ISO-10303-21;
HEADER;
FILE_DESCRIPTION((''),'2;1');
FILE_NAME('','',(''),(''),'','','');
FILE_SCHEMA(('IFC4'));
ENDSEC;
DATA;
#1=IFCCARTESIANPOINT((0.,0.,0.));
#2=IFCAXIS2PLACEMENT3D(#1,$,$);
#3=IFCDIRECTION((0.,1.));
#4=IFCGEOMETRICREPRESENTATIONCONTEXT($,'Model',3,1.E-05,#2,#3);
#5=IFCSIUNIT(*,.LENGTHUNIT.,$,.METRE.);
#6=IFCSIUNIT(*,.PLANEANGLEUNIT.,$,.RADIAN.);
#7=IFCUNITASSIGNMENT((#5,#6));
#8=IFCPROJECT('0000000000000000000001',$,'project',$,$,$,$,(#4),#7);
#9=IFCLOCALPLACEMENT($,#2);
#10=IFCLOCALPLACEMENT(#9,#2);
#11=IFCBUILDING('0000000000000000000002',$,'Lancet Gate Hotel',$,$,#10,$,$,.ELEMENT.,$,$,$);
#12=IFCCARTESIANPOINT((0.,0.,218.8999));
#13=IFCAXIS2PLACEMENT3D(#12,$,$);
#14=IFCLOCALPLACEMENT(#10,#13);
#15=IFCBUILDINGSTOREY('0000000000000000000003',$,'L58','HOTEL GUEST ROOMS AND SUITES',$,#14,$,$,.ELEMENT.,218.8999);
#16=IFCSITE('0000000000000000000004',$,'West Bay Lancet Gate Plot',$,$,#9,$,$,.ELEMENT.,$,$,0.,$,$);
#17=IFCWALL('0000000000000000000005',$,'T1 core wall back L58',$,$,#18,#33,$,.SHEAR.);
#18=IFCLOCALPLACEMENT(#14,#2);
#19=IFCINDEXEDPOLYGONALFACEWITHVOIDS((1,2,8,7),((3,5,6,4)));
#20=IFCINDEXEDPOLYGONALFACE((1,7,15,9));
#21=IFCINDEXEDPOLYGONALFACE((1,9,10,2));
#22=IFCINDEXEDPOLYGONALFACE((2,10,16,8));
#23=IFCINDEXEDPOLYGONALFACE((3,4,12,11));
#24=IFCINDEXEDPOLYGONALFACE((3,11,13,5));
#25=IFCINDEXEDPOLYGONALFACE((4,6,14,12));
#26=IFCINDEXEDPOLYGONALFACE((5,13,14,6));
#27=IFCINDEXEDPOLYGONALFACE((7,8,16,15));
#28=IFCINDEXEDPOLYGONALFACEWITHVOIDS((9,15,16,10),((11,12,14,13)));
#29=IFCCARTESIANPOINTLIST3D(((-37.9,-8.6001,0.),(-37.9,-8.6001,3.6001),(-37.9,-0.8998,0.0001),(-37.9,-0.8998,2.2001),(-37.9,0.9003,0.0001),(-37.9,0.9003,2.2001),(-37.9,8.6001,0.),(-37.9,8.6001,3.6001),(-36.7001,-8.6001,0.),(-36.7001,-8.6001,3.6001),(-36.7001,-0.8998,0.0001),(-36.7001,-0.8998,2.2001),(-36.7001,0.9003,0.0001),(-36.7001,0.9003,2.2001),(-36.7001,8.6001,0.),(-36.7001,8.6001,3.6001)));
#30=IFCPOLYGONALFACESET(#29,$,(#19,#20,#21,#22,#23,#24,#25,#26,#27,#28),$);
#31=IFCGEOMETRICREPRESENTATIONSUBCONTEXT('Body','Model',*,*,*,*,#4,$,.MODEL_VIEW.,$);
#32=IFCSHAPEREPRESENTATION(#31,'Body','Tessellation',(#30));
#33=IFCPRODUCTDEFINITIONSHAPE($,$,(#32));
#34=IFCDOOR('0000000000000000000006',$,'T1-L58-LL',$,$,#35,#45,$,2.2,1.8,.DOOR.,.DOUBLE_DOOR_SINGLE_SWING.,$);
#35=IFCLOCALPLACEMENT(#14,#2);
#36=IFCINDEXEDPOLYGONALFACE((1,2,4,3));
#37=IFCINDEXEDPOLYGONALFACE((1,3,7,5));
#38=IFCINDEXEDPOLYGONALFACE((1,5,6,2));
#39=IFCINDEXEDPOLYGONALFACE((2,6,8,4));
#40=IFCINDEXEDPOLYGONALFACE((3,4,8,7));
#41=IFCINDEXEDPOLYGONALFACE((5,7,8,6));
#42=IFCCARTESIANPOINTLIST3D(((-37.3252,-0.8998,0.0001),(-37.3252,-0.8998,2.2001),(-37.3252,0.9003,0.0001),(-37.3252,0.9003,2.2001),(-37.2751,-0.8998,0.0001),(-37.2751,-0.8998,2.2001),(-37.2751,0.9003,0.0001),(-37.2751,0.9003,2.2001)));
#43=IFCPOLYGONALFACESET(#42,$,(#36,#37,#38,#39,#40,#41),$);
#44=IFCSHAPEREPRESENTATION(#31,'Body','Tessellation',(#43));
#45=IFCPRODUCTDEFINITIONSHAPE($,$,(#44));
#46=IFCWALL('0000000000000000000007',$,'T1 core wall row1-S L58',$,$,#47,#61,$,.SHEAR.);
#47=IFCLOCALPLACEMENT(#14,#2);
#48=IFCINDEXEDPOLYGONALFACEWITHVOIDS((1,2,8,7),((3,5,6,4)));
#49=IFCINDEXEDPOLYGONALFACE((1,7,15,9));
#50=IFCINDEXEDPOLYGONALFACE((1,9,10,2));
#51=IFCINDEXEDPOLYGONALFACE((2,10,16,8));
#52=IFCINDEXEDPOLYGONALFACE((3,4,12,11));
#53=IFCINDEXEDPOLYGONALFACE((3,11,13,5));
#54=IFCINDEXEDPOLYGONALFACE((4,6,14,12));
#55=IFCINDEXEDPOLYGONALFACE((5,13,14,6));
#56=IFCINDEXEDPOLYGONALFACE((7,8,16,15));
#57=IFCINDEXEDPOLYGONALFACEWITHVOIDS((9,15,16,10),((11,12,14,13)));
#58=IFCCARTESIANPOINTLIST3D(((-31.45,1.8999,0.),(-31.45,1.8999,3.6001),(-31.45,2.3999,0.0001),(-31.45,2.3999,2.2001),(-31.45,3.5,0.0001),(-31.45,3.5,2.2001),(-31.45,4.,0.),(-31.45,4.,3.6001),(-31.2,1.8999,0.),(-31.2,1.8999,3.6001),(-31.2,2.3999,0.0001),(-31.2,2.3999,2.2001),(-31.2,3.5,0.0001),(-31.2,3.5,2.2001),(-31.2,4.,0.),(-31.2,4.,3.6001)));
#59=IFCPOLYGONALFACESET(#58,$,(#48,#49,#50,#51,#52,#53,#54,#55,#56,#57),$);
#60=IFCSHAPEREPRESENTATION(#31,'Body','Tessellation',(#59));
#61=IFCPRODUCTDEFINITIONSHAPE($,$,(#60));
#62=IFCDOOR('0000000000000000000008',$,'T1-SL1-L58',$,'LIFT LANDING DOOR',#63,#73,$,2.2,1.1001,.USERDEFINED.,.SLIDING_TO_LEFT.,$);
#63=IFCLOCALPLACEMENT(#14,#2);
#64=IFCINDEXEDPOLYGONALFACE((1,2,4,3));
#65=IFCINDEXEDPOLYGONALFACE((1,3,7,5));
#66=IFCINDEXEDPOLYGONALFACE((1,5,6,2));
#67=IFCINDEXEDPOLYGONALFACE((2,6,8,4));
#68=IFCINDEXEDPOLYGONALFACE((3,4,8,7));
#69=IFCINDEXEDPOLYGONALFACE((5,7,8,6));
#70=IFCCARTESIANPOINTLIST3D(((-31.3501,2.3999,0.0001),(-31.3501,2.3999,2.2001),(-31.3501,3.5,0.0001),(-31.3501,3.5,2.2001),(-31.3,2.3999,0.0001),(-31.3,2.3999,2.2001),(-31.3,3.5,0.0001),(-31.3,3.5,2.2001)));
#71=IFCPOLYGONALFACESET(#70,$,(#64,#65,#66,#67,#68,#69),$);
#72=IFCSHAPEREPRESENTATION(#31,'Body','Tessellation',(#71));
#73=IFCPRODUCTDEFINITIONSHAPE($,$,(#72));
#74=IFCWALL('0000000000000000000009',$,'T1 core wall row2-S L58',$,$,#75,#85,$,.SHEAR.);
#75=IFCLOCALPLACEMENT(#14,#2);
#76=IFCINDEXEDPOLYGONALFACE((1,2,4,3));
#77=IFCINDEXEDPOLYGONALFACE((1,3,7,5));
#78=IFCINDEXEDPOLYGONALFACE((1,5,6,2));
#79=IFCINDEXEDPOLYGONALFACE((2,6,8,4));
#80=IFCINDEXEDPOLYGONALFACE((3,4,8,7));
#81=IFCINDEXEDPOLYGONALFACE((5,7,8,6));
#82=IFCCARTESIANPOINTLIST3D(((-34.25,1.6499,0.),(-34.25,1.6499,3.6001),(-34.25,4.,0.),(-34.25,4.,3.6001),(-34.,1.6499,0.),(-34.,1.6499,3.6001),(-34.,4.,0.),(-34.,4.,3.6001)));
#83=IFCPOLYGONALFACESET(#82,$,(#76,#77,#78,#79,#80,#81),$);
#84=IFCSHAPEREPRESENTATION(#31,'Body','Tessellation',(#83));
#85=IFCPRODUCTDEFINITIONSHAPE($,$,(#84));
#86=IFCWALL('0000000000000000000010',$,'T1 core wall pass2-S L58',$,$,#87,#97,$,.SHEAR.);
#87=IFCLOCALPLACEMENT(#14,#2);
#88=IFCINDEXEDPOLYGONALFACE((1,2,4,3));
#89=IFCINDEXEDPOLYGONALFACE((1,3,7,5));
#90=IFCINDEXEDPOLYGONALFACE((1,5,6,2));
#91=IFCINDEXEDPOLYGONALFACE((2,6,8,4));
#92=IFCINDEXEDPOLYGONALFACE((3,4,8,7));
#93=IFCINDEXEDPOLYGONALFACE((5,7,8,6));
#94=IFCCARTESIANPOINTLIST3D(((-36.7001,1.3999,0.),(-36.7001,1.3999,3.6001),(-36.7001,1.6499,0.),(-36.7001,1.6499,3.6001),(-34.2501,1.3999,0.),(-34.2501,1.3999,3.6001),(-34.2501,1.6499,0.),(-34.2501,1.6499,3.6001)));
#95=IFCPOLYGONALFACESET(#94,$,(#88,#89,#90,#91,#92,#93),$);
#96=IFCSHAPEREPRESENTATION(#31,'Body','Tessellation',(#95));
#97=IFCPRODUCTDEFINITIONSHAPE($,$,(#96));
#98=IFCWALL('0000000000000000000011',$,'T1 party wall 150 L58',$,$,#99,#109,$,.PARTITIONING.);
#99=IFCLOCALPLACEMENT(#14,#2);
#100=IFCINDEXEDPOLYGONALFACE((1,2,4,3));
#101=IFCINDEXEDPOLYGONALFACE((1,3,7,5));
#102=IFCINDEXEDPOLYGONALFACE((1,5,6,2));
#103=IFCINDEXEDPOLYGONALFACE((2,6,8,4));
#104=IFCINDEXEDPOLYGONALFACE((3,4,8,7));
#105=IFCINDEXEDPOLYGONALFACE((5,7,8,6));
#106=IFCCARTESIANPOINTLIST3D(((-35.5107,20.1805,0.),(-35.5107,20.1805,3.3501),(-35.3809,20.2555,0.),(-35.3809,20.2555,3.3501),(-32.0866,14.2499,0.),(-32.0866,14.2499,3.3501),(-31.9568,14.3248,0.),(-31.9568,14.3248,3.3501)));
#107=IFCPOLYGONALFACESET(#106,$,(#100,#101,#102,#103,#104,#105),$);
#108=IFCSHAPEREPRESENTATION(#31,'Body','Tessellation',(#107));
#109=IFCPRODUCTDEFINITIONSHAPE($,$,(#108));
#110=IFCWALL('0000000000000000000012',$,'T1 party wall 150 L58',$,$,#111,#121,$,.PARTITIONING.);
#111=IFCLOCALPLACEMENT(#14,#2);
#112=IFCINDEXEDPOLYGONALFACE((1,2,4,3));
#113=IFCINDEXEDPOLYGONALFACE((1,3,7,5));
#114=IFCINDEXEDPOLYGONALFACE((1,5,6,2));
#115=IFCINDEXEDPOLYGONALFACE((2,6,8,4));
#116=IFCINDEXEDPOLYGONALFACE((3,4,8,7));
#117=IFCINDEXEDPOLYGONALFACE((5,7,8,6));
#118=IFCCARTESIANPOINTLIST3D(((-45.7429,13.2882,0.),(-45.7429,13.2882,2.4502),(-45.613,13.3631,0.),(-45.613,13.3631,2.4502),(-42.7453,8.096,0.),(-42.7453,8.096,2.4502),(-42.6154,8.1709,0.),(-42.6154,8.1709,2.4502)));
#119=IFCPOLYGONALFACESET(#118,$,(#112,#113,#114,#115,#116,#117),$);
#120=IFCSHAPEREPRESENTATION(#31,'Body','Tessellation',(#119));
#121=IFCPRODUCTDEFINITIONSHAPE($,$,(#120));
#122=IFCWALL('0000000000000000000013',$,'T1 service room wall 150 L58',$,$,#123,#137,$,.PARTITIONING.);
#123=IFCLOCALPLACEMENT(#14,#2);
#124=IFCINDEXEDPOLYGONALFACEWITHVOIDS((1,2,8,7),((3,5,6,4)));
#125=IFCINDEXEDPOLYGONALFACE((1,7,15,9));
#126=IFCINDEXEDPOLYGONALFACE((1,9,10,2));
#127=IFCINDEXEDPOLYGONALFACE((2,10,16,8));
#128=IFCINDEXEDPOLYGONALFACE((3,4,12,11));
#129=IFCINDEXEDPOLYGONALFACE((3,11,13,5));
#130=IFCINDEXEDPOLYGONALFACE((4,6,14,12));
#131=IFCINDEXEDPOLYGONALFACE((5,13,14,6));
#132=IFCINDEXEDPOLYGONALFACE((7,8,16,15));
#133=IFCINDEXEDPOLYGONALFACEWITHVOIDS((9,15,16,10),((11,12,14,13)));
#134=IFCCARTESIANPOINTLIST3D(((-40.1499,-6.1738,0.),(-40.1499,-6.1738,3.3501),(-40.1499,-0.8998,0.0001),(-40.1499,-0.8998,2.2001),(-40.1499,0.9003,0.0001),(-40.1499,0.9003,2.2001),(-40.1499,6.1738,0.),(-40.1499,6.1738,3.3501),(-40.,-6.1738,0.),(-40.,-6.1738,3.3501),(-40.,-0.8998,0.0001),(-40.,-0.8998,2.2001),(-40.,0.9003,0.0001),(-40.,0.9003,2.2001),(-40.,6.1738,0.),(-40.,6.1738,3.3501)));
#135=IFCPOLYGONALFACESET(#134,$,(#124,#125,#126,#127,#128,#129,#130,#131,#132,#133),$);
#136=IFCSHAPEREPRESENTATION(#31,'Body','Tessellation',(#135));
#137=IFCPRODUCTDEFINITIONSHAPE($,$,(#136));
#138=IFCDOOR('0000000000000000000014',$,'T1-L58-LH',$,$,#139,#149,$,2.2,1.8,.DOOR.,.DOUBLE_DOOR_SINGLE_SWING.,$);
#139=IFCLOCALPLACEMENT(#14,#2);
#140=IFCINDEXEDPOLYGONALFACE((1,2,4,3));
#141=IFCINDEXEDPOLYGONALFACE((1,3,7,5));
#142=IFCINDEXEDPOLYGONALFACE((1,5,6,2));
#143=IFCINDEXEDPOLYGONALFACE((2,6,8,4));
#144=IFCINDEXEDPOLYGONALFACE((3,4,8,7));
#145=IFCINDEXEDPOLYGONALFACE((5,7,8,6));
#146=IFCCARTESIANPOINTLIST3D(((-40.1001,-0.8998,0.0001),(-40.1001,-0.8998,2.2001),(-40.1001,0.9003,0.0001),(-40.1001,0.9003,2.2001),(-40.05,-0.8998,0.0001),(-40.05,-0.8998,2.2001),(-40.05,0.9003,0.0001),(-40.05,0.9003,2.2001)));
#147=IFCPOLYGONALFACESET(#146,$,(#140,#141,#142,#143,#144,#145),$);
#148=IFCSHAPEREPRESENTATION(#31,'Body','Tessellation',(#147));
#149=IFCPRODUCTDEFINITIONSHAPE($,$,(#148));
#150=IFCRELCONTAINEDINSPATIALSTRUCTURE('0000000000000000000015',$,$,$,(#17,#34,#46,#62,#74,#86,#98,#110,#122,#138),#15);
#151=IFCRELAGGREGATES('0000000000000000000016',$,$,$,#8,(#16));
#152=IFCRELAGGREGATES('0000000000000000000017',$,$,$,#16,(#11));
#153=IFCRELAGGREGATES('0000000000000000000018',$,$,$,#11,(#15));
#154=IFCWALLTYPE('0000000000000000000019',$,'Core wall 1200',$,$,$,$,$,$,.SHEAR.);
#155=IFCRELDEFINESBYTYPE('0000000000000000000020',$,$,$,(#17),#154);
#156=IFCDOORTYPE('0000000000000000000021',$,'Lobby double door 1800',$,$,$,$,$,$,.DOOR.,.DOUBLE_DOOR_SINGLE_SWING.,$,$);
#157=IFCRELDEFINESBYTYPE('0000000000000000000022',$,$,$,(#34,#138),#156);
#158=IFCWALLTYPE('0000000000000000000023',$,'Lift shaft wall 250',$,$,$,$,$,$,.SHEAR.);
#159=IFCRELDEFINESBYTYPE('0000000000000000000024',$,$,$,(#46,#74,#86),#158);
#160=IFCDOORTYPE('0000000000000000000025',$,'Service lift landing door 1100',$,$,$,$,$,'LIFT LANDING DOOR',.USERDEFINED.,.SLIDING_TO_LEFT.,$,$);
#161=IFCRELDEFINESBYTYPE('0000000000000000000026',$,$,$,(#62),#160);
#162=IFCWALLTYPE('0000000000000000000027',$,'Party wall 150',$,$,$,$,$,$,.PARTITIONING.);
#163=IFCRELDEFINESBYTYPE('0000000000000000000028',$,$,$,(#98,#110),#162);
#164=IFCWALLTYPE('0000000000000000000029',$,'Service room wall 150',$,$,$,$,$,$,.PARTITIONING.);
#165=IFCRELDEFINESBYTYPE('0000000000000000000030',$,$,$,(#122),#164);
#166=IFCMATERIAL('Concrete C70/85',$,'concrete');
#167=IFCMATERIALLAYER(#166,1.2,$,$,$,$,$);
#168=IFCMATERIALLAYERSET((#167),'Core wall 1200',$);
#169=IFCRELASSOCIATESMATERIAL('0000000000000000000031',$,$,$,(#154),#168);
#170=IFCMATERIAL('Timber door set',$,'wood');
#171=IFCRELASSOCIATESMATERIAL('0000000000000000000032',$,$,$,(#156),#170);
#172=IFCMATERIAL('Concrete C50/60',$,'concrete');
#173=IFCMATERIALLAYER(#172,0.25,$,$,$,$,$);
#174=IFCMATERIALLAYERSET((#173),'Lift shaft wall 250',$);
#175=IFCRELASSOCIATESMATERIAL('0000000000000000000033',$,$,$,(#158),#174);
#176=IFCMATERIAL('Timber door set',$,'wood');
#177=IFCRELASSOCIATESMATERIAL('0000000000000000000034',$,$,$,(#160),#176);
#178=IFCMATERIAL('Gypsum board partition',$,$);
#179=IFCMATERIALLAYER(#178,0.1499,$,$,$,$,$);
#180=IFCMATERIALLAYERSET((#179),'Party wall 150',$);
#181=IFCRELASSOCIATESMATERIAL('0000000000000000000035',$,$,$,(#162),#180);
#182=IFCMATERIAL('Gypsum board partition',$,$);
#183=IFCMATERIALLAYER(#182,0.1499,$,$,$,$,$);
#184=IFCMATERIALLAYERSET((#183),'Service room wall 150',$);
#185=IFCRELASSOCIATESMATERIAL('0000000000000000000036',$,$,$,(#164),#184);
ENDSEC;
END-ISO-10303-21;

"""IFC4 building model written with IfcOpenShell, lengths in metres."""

from ifc_helpers import new_model, si_unit, direction, frame, frame_2d, origin, place, context, subcontext, project, spatial, rectangle, extrude, material, layer, layer_set, type_object, element, fill, save


model = new_model("IFC4")

# Units and contexts
model_context = context("Model", 3, precision=1e-05, world=origin(), true_north=direction((0.0, 1.0)))
body_context = subcontext(model_context, "Body", "Model", "MODEL_VIEW")
ifc_project = project(units=[si_unit("LENGTHUNIT", "METRE"), si_unit("PLANEANGLEUNIT", "RADIAN")], contexts=[model_context])

# Site, building, storey
site_placement = place(None, origin())
site = spatial("IfcSite", under=ifc_project, at=site_placement, Name="West Bay Lancet Gate Plot", CompositionType="ELEMENT", RefElevation=0.0)
building_placement = place(site_placement, origin())
building = spatial("IfcBuilding", under=site, at=building_placement, Name="Lancet Gate Hotel", CompositionType="ELEMENT")
storey_placement = place(building_placement, frame((0.0, 0.0, 218.8999)))
storey = spatial("IfcBuildingStorey", under=building, at=storey_placement, Name="L58", Description="HOTEL GUEST ROOMS AND SUITES", CompositionType="ELEMENT", Elevation=218.8999)

# Walls, openings, doors
ifc_material_1 = material(Name="Concrete C70/85", Category="concrete")
ifc_layer_1 = layer(ifc_material_1, 1.2)
ifc_layer_set_1 = layer_set([ifc_layer_1], Name="Core wall 1200")
wall_type_1 = type_object("IfcWallType", Name="Core wall 1200", PredefinedType="SHEAR", material=ifc_layer_set_1)
wall_1_placement = place(storey_placement, frame((-37.3, 8.6001, 0.0), z_axis=(0.0, 0.0, 1.0), x_axis=(0.0, -1.0, 0.0)))
wall_1 = element("IfcWall", 1, at=wall_1_placement, inside=storey, type_object=wall_type_1, Name="T1 core wall back L58", PredefinedType="SHEAR", context=body_context, shape_type="SweptSolid", body=[
    extrude(rectangle(XDim=17.2002, YDim=1.2, at=frame_2d((8.6001, 0.0))), origin(), (0.0, 0.0, 1.0), 3.6001),
])
opening_1_placement = place(wall_1_placement, frame((7.7, 0.0, 0.0)))
opening_1 = element("IfcOpeningElement", 2, at=opening_1_placement, cuts=wall_1, PredefinedType="OPENING", context=body_context, shape_type="SweptSolid", body=[
    extrude(rectangle(XDim=1.8, YDim=2.2, at=frame_2d((0.8999, 1.1001))), frame((0.0, 0.6099, 0.0), z_axis=(0.0, -1.0, 0.0), x_axis=(1.0, 0.0, 0.0)), (0.0, 0.0, 1.0), 1.22),
])
ifc_material_2 = material(Name="Timber door set", Category="wood")
door_type_1 = type_object("IfcDoorType", Name="Lobby double door 1800", OperationType="DOUBLE_DOOR_SINGLE_SWING", PredefinedType="DOOR", material=ifc_material_2)
door_1_placement = place(opening_1_placement, origin())
door_1 = element("IfcDoor", 3, at=door_1_placement, inside=storey, type_object=door_type_1, Name="T1-L58-LL", OperationType="DOUBLE_DOOR_SINGLE_SWING", OverallHeight=2.2, OverallWidth=1.8, PredefinedType="DOOR", context=body_context, shape_type="SweptSolid", body=[
    extrude(rectangle(XDim=1.8, YDim=2.2, at=frame_2d((0.8999, 1.1001))), frame((0.0, 0.0249, 0.0), z_axis=(0.0, -1.0, 0.0), x_axis=(1.0, 0.0, 0.0)), (0.0, 0.0, 1.0), 0.05),
])
fill(opening_1, door_1)
ifc_material_3 = material(Name="Concrete C50/60", Category="concrete")
ifc_layer_2 = layer(ifc_material_3, 0.25)
ifc_layer_set_2 = layer_set([ifc_layer_2], Name="Lift shaft wall 250")
wall_type_2 = type_object("IfcWallType", Name="Lift shaft wall 250", PredefinedType="SHEAR", material=ifc_layer_set_2)
wall_2_placement = place(storey_placement, frame((-31.325, 4.0, 0.0), z_axis=(0.0, 0.0, 1.0), x_axis=(0.0, -1.0, 0.0)))
wall_2 = element("IfcWall", 4, at=wall_2_placement, inside=storey, type_object=wall_type_2, Name="T1 core wall row1-S L58", PredefinedType="SHEAR", context=body_context, shape_type="SweptSolid", body=[
    extrude(rectangle(XDim=2.1001, YDim=0.25, at=frame_2d((1.05, 0.0))), origin(), (0.0, 0.0, 1.0), 3.6001),
])
opening_2_placement = place(wall_2_placement, frame((0.5, 0.0, 0.0)))
opening_2 = element("IfcOpeningElement", 5, at=opening_2_placement, cuts=wall_2, PredefinedType="OPENING", context=body_context, shape_type="SweptSolid", body=[
    extrude(rectangle(XDim=1.1001, YDim=2.2, at=frame_2d((0.55, 1.1001))), frame((0.0, 0.135, 0.0), z_axis=(0.0, -1.0, 0.0), x_axis=(1.0, 0.0, 0.0)), (0.0, 0.0, 1.0), 0.27),
])
ifc_material_4 = material(Name="Timber door set", Category="wood")
door_type_2 = type_object("IfcDoorType", Name="Service lift landing door 1100", ElementType="LIFT LANDING DOOR", OperationType="SLIDING_TO_LEFT", PredefinedType="USERDEFINED", material=ifc_material_4)
door_2_placement = place(opening_2_placement, origin())
door_2 = element("IfcDoor", 6, at=door_2_placement, inside=storey, type_object=door_type_2, Name="T1-SL1-L58", ObjectType="LIFT LANDING DOOR", OperationType="SLIDING_TO_LEFT", OverallHeight=2.2, OverallWidth=1.1001, PredefinedType="USERDEFINED", context=body_context, shape_type="SweptSolid", body=[
    extrude(rectangle(XDim=1.1001, YDim=2.2, at=frame_2d((0.55, 1.1001))), frame((0.0, 0.0249, 0.0), z_axis=(0.0, -1.0, 0.0), x_axis=(1.0, 0.0, 0.0)), (0.0, 0.0, 1.0), 0.05),
])
fill(opening_2, door_2)

# Walls
wall_3_placement = place(storey_placement, frame((-34.125, 4.0, 0.0), z_axis=(0.0, 0.0, 1.0), x_axis=(0.0, -1.0, 0.0)))
element("IfcWall", 7, at=wall_3_placement, inside=storey, type_object=wall_type_2, Name="T1 core wall row2-S L58", PredefinedType="SHEAR", context=body_context, shape_type="SweptSolid", body=[
    extrude(rectangle(XDim=2.3501, YDim=0.25, at=frame_2d((1.175, 0.0))), origin(), (0.0, 0.0, 1.0), 3.6001),
])
wall_4_placement = place(storey_placement, frame((-34.25, 1.5249, 0.0), z_axis=(0.0, 0.0, 1.0), x_axis=(-1.0, 0.0, 0.0)))
element("IfcWall", 8, at=wall_4_placement, inside=storey, type_object=wall_type_2, Name="T1 core wall pass2-S L58", PredefinedType="SHEAR", context=body_context, shape_type="SweptSolid", body=[
    extrude(rectangle(XDim=2.45, YDim=0.25, at=frame_2d((1.2251, 0.0))), origin(), (0.0, 0.0, 1.0), 3.6001),
])
ifc_material_5 = material(Name="Gypsum board partition")
ifc_layer_3 = layer(ifc_material_5, 0.1499)
ifc_layer_set_3 = layer_set([ifc_layer_3], Name="Party wall 150")
wall_type_3 = type_object("IfcWallType", Name="Party wall 150", PredefinedType="PARTITIONING", material=ifc_layer_set_3)
wall_5_placement = place(storey_placement, frame((-32.0217, 14.2874, 0.0), z_axis=(0.0, 0.0, 1.0), x_axis=(-0.5, 0.866025, 0.0)))
element("IfcWall", 9, at=wall_5_placement, inside=storey, type_object=wall_type_3, Name="T1 party wall 150 L58", PredefinedType="PARTITIONING", context=body_context, shape_type="SweptSolid", body=[
    extrude(rectangle(XDim=6.8481, YDim=0.1499, at=frame_2d((3.4241, 0.0))), origin(), (0.0, 0.0, 1.0), 3.3501),
])
wall_6_placement = place(storey_placement, frame((-42.6804, 8.1335, 0.0), z_axis=(0.0, 0.0, 1.0), x_axis=(-0.499984, 0.866034, 0.0)))
element("IfcWall", 10, at=wall_6_placement, inside=storey, type_object=wall_type_3, Name="T1 party wall 150 L58", PredefinedType="PARTITIONING", context=body_context, shape_type="SweptSolid", body=[
    extrude(rectangle(XDim=5.9954, YDim=0.1499, at=frame_2d((2.9976, 0.0))), origin(), (0.0, 0.0, 1.0), 2.4502),
])

# Wall, opening, door
ifc_material_6 = material(Name="Gypsum board partition")
ifc_layer_4 = layer(ifc_material_6, 0.1499)
ifc_layer_set_4 = layer_set([ifc_layer_4], Name="Service room wall 150")
wall_type_4 = type_object("IfcWallType", Name="Service room wall 150", PredefinedType="PARTITIONING", material=ifc_layer_set_4)
wall_7_placement = place(storey_placement, frame((-40.075, 6.1738, 0.0), z_axis=(0.0, 0.0, 1.0), x_axis=(0.0, -1.0, 0.0)))
wall_7 = element("IfcWall", 11, at=wall_7_placement, inside=storey, type_object=wall_type_4, Name="T1 service room wall 150 L58", PredefinedType="PARTITIONING", context=body_context, shape_type="SweptSolid", body=[
    extrude(rectangle(XDim=12.3477, YDim=0.1499, at=frame_2d((6.1738, 0.0))), origin(), (0.0, 0.0, 1.0), 3.3501),
])
opening_3_placement = place(wall_7_placement, frame((5.2737, 0.0, 0.0)))
opening_3 = element("IfcOpeningElement", 12, at=opening_3_placement, cuts=wall_7, PredefinedType="OPENING", context=body_context, shape_type="SweptSolid", body=[
    extrude(rectangle(XDim=1.8, YDim=2.2, at=frame_2d((0.8999, 1.1001))), frame((0.0, 0.085, 0.0), z_axis=(0.0, -1.0, 0.0), x_axis=(1.0, 0.0, 0.0)), (0.0, 0.0, 1.0), 0.1699),
])
door_3_placement = place(opening_3_placement, origin())
door_3 = element("IfcDoor", 13, at=door_3_placement, inside=storey, type_object=door_type_1, Name="T1-L58-LH", OperationType="DOUBLE_DOOR_SINGLE_SWING", OverallHeight=2.2, OverallWidth=1.8, PredefinedType="DOOR", context=body_context, shape_type="SweptSolid", body=[
    extrude(rectangle(XDim=1.8, YDim=2.2, at=frame_2d((0.8999, 1.1001))), frame((0.0, 0.0249, 0.0), z_axis=(0.0, -1.0, 0.0), x_axis=(1.0, 0.0, 0.0)), (0.0, 0.0, 1.0), 0.05),
])
fill(opening_3, door_3)

save(model, "model.ifc")
